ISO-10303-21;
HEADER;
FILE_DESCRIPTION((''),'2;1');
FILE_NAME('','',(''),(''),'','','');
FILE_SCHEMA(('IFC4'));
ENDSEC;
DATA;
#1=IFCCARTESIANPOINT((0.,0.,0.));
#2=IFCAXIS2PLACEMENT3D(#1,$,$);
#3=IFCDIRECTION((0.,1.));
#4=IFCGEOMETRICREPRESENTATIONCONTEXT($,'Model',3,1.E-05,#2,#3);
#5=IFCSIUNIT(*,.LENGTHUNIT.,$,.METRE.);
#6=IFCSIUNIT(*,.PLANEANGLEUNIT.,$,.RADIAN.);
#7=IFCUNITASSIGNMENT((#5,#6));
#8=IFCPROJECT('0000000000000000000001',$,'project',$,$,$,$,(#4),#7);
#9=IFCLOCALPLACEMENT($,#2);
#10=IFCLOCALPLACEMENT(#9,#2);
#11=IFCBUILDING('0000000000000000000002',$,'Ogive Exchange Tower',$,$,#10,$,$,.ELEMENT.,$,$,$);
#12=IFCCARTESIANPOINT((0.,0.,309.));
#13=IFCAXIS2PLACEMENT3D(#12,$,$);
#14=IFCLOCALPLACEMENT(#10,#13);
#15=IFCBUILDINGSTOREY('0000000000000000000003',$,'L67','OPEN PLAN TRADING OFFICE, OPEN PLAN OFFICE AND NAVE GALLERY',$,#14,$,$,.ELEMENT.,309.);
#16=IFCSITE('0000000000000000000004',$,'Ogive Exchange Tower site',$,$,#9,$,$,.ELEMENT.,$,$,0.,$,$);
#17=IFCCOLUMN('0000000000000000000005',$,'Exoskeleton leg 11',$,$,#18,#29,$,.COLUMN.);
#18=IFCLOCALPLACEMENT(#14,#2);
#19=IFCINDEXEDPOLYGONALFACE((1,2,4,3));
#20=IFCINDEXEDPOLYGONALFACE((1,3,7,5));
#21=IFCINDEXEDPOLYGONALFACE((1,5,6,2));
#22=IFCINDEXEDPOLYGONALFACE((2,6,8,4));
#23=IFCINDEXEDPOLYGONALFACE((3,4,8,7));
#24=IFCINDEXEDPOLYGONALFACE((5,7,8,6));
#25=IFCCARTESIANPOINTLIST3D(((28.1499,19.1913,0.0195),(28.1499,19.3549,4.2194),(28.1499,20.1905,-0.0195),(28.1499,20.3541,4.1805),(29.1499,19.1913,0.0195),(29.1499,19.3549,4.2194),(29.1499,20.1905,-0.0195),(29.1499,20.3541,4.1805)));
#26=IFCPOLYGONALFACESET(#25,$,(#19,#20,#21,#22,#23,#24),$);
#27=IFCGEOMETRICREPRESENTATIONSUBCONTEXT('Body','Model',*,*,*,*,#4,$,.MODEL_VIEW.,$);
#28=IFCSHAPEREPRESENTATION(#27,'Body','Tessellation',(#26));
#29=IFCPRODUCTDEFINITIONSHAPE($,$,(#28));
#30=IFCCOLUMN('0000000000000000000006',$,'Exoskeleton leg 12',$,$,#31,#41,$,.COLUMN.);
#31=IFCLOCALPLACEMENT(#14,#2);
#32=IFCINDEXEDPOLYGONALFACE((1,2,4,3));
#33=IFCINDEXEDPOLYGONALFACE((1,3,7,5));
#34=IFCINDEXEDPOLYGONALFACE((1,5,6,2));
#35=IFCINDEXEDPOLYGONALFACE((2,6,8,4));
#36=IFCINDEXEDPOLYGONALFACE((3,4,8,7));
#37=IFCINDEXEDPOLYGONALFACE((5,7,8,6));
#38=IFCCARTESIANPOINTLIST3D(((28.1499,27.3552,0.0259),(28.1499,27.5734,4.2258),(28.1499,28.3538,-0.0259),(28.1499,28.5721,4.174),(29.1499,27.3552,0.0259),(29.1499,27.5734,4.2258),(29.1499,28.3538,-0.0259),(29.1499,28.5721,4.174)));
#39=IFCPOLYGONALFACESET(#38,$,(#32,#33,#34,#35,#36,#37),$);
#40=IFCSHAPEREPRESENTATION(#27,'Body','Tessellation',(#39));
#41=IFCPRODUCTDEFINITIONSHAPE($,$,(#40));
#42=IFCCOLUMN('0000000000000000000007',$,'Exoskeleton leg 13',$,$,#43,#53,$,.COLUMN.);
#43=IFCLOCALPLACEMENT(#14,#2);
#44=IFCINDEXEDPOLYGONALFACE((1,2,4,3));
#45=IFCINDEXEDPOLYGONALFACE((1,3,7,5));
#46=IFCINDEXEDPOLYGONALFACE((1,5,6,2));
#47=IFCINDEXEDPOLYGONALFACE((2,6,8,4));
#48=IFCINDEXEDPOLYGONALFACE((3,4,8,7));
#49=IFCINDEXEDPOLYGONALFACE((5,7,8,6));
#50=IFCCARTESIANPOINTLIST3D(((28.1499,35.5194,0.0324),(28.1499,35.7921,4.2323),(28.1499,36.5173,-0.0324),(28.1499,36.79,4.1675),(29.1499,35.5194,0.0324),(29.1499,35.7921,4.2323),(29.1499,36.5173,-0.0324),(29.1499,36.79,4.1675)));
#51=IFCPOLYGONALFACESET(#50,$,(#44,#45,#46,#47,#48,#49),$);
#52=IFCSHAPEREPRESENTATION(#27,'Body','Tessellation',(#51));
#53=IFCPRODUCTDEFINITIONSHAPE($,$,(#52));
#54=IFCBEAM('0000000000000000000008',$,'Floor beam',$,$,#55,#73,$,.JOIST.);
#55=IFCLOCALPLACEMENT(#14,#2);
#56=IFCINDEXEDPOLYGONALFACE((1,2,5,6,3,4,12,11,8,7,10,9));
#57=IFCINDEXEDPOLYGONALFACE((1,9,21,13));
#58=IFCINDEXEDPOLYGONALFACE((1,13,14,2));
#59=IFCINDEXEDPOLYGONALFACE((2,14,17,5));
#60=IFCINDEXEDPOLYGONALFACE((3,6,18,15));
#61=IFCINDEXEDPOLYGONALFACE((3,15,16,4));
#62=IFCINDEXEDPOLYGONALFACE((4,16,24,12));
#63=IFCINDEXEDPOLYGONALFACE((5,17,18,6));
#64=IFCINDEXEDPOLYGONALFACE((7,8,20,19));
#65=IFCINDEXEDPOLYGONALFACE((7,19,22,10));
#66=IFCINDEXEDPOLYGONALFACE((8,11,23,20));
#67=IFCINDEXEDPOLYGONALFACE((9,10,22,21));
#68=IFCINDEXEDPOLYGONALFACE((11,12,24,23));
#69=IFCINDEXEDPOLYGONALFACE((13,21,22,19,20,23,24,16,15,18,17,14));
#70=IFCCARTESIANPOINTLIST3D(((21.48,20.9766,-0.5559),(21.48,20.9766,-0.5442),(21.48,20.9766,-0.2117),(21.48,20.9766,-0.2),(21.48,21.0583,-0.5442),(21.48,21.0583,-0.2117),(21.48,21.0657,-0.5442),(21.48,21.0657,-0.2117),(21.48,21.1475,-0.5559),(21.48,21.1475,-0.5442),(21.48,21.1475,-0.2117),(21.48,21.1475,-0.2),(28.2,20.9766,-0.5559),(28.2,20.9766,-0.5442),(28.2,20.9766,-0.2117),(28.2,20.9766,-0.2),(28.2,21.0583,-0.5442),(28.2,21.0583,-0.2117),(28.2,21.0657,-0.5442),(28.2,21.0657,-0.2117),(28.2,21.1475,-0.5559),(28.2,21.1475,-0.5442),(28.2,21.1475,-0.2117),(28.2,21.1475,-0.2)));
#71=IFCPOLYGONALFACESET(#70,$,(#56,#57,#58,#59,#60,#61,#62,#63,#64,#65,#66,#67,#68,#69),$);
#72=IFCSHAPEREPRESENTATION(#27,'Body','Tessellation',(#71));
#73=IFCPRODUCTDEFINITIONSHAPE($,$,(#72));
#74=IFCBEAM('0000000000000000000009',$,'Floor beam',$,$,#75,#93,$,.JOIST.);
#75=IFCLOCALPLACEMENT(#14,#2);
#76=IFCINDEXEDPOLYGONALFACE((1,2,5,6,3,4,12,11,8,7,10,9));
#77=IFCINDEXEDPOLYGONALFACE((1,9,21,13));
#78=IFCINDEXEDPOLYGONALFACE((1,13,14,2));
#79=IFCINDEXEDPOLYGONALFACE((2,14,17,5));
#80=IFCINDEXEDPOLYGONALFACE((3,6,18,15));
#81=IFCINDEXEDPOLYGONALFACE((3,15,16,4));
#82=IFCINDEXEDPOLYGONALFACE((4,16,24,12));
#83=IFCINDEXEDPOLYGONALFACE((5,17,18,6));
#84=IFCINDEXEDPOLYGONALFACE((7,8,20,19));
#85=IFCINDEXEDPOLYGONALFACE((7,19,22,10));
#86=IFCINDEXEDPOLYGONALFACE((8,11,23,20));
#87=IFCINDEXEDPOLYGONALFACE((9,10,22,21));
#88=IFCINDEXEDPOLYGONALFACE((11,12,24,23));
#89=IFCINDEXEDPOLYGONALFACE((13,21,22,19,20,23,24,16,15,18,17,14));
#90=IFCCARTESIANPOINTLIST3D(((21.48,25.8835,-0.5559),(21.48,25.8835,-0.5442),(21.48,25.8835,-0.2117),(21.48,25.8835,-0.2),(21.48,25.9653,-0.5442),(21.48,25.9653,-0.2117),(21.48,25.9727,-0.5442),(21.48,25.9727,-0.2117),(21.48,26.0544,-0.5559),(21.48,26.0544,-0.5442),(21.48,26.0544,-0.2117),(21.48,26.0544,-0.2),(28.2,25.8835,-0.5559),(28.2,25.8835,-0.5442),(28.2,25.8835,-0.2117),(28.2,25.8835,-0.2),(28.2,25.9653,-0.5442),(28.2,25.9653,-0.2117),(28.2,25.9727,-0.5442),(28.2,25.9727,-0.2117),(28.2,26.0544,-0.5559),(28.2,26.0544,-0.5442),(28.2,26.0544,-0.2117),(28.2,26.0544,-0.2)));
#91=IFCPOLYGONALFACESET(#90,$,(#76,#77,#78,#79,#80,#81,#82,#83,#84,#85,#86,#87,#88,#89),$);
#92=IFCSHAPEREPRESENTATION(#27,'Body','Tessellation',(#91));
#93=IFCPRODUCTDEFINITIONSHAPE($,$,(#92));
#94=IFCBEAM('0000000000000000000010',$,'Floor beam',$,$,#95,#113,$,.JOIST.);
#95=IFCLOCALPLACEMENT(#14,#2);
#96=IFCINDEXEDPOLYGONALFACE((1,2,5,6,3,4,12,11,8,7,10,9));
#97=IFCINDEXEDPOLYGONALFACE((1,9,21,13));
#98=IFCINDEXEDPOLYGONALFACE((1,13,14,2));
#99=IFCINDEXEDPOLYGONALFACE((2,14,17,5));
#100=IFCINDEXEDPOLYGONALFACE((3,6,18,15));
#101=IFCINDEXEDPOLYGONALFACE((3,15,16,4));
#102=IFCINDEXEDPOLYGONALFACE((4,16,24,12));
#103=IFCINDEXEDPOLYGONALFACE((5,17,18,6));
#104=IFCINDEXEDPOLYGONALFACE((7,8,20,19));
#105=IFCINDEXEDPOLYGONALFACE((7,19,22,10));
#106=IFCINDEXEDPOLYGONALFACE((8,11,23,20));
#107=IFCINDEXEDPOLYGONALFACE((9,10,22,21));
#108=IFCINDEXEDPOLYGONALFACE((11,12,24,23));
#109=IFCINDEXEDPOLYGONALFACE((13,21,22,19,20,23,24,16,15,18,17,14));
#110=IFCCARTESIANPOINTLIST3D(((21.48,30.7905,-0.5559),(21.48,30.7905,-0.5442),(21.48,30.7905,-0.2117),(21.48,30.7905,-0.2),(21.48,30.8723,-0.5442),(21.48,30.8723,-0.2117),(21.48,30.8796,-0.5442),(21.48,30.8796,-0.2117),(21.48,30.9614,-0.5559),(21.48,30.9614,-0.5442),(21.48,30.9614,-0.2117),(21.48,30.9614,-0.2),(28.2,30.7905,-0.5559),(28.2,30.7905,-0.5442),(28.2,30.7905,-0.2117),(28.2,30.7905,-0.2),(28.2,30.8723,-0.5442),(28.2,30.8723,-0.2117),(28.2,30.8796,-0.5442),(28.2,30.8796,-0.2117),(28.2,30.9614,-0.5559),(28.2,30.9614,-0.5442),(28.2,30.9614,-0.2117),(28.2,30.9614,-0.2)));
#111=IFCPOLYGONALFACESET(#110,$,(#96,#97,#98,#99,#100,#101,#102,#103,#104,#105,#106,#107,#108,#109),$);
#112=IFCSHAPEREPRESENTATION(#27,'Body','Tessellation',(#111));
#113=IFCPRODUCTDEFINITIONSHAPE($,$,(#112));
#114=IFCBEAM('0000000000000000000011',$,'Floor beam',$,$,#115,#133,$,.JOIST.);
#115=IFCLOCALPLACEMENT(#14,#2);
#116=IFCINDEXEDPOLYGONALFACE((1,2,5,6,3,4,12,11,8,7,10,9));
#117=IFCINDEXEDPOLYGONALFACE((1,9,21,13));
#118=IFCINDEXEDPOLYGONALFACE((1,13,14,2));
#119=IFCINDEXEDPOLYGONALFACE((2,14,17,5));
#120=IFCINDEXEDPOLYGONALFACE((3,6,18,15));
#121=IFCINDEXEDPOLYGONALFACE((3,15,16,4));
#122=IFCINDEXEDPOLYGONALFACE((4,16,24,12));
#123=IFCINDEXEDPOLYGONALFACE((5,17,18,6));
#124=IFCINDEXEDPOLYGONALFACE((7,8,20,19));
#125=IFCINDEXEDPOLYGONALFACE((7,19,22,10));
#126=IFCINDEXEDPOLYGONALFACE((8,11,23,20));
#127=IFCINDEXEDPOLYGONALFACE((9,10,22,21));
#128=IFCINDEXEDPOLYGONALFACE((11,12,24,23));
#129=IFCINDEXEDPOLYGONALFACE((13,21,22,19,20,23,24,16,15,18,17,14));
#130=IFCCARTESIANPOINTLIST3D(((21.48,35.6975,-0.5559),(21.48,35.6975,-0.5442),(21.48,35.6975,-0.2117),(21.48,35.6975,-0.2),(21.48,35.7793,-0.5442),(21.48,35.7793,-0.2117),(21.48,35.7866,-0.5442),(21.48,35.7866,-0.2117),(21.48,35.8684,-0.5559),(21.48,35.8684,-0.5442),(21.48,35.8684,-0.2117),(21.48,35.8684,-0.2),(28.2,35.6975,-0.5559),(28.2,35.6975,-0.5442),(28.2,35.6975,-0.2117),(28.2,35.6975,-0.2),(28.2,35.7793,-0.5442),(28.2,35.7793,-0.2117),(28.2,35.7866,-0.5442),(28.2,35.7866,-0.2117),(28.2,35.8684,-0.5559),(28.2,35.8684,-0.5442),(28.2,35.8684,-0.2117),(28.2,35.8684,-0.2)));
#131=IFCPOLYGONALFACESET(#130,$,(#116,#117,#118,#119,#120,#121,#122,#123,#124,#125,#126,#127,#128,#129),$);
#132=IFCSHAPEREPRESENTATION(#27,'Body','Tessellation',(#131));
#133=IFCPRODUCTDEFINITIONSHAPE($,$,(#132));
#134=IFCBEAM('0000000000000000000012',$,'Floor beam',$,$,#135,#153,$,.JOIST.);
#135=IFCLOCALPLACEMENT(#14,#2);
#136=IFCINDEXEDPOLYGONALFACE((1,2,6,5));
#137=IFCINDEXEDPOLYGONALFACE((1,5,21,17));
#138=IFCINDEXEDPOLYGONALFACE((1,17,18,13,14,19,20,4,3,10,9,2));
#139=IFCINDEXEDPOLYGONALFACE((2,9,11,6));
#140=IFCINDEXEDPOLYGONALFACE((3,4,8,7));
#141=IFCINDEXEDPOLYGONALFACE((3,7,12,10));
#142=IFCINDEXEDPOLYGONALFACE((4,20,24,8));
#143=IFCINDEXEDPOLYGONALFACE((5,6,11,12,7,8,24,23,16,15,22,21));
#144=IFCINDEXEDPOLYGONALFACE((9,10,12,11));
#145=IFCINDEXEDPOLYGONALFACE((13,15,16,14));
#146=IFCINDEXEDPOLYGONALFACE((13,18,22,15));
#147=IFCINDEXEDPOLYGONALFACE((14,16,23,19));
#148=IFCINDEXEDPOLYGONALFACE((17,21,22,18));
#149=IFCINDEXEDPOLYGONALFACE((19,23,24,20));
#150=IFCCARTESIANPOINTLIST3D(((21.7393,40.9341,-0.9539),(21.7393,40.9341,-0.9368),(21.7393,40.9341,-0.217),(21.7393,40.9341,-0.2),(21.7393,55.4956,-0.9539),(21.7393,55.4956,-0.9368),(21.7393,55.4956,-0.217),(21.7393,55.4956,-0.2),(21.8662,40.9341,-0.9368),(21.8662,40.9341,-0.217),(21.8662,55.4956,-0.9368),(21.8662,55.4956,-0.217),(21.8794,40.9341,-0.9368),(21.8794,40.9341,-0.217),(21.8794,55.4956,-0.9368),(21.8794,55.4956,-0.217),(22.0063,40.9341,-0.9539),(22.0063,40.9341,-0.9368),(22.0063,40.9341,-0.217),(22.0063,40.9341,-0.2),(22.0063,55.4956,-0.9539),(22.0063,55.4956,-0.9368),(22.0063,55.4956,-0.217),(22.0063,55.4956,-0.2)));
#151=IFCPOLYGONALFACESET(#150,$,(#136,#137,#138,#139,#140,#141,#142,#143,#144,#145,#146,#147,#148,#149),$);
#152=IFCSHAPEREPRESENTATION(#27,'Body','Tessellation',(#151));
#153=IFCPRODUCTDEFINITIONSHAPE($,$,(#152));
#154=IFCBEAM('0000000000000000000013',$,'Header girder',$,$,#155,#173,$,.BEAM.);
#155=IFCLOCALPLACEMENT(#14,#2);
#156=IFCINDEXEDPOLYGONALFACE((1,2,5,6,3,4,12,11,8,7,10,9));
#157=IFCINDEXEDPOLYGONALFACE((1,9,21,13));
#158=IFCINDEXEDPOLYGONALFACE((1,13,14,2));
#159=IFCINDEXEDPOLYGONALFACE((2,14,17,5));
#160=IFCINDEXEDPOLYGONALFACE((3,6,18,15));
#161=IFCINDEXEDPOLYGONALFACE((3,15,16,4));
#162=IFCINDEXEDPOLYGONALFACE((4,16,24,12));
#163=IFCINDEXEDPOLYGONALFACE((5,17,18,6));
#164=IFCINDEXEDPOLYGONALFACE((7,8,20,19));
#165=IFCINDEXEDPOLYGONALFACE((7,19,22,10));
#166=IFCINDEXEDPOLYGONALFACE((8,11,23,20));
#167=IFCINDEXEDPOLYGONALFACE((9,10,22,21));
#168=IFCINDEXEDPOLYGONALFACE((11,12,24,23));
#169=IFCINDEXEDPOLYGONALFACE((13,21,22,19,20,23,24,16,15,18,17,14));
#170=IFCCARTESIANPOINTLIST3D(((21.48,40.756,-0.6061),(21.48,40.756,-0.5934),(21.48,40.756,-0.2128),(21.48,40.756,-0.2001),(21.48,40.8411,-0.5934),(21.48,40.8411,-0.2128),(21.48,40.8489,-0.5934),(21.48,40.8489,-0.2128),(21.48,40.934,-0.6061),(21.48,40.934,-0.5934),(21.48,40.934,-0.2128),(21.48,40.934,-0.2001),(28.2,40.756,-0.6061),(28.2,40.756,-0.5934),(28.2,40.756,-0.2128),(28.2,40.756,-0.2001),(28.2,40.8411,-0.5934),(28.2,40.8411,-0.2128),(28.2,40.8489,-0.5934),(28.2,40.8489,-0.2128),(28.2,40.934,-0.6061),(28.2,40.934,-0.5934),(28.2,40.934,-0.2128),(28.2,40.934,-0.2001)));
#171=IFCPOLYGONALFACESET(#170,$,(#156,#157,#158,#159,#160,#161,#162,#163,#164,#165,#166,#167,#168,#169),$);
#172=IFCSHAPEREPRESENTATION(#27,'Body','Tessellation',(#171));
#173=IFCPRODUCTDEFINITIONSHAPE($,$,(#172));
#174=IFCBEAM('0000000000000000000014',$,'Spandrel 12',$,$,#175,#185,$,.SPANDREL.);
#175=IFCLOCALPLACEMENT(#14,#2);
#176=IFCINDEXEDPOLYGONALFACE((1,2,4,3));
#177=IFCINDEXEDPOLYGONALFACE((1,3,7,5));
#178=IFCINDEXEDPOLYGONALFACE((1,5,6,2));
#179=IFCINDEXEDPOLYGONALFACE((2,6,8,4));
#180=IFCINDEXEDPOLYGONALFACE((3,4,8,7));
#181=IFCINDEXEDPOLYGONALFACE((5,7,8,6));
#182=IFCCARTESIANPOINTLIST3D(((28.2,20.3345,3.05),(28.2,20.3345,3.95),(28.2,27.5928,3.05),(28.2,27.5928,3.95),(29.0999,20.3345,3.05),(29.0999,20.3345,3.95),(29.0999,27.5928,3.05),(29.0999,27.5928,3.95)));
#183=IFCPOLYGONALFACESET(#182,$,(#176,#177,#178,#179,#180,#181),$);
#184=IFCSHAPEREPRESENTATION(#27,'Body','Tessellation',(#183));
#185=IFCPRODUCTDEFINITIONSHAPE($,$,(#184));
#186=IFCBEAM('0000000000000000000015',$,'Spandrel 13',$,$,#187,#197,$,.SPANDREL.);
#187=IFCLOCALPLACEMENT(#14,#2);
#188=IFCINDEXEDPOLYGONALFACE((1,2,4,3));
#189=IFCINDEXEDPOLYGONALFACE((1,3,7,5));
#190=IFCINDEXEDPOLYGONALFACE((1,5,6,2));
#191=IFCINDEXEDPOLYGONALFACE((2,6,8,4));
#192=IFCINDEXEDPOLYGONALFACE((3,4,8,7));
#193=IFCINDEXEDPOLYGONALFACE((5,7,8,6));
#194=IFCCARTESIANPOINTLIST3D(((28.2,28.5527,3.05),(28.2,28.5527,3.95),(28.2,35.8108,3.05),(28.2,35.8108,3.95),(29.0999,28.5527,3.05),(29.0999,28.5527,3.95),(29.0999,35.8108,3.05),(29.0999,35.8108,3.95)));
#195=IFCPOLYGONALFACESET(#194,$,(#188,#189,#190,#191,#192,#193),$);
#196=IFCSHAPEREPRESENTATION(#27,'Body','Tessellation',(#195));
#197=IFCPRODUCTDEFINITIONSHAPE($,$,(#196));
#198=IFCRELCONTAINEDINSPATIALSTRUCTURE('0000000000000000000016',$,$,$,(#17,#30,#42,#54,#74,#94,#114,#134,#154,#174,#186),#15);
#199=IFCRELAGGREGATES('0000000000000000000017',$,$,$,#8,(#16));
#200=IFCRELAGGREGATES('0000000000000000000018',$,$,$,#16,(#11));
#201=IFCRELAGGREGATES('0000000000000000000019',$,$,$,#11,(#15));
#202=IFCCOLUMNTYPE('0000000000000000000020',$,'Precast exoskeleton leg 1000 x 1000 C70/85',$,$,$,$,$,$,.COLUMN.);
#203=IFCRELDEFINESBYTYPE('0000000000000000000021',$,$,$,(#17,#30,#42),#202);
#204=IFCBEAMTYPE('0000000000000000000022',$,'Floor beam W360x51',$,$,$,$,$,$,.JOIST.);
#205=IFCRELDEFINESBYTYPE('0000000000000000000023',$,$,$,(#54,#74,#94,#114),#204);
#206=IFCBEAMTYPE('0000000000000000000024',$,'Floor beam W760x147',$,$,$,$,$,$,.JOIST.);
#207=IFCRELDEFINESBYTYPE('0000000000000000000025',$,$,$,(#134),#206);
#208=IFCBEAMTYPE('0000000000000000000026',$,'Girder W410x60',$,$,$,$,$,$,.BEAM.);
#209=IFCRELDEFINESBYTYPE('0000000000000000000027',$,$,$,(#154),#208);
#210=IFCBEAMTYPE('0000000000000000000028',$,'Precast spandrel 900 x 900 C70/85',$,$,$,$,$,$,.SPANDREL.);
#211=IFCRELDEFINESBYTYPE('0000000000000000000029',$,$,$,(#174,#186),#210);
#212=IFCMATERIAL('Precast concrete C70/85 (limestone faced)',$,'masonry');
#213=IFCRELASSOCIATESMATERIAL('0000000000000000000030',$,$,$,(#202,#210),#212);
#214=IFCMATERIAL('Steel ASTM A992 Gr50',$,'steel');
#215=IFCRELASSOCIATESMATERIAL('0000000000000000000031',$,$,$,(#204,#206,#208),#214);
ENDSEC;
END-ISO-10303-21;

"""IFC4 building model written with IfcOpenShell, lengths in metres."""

from ifc_helpers import new_model, si_unit, direction, frame, origin, origin_2d, place, context, subcontext, project, spatial, rectangle, i_section, extrude, material, material_profile, profile_set, type_object, element, save


model = new_model("IFC4")

# Units and contexts
model_context = context("Model", 3, precision=1e-05, world=origin(), true_north=direction((0.0, 1.0)))
body_context = subcontext(model_context, "Body", "Model", "MODEL_VIEW")
ifc_project = project(units=[si_unit("LENGTHUNIT", "METRE"), si_unit("PLANEANGLEUNIT", "RADIAN")], contexts=[model_context])

# Site, building, storey
site_placement = place(None, origin())
site = spatial("IfcSite", under=ifc_project, at=site_placement, Name="Ogive Exchange Tower site", CompositionType="ELEMENT", RefElevation=0.0)
building_placement = place(site_placement, origin())
building = spatial("IfcBuilding", under=site, at=building_placement, Name="Ogive Exchange Tower", CompositionType="ELEMENT")
storey_placement = place(building_placement, frame((0.0, 0.0, 309.0)))
storey = spatial("IfcBuildingStorey", under=building, at=storey_placement, Name="L67", Description="OPEN PLAN TRADING OFFICE, OPEN PLAN OFFICE AND NAVE GALLERY", CompositionType="ELEMENT", Elevation=309.0)

# Columns
ifc_material_1 = material(Name="Precast concrete C70/85 (limestone faced)", Category="masonry")
ifc_material_profile_1 = material_profile(ifc_material_1, rectangle(XDim=1.0, YDim=1.0, at=origin_2d()), Name="1000 x 1000")
ifc_profile_set_1 = profile_set([ifc_material_profile_1], Name="Precast concrete C70/85 (limestone faced)")
column_type = type_object("IfcColumnType", Name="Precast exoskeleton leg 1000 x 1000 C70/85", PredefinedType="COLUMN", material=ifc_profile_set_1)
column_1_placement = place(storey_placement, frame((28.6499, 19.6909, 0.0), z_axis=(0.0, 0.038917, 0.999242), x_axis=(-1.0, 0.0, 0.0)))
element("IfcColumn", 1, at=column_1_placement, inside=storey, type_object=column_type, Name="Exoskeleton leg 11", PredefinedType="COLUMN", context=body_context, shape_type="SweptSolid", body=[
    extrude(rectangle(XDim=1.0, YDim=1.0, at=origin_2d()), origin(), (0.0, 0.0, 1.0), 4.2031),
])
column_2_placement = place(storey_placement, frame((28.6499, 27.8545, 0.0), z_axis=(0.0, 0.051898, 0.998652), x_axis=(-1.0, 0.0, 0.0)))
element("IfcColumn", 2, at=column_2_placement, inside=storey, type_object=column_type, Name="Exoskeleton leg 12", PredefinedType="COLUMN", context=body_context, shape_type="SweptSolid", body=[
    extrude(rectangle(XDim=1.0, YDim=1.0, at=origin_2d()), origin(), (0.0, 0.0, 1.0), 4.2056),
])
column_3_placement = place(storey_placement, frame((28.6499, 36.0183, 0.0), z_axis=(0.0, 0.064794, 0.997899), x_axis=(-1.0, 0.0, 0.0)))
element("IfcColumn", 3, at=column_3_placement, inside=storey, type_object=column_type, Name="Exoskeleton leg 13", PredefinedType="COLUMN", context=body_context, shape_type="SweptSolid", body=[
    extrude(rectangle(XDim=1.0, YDim=1.0, at=origin_2d()), origin(), (0.0, 0.0, 1.0), 4.2087),
])

# Beams
ifc_material_2 = material(Name="Steel ASTM A992 Gr50", Category="steel")
ifc_material_profile_2 = material_profile(ifc_material_2, i_section(OverallWidth=0.1709, OverallDepth=0.356, WebThickness=0.0073, FlangeThickness=0.0117, at=origin_2d()), Name="W360x51")
ifc_profile_set_2 = profile_set([ifc_material_profile_2], Name="Steel ASTM A992 Gr50")
beam_type_1 = type_object("IfcBeamType", Name="Floor beam W360x51", PredefinedType="JOIST", material=ifc_profile_set_2)
for number, where, z_axis, x_axis, name in (
    (4, (21.48, 21.062, -0.3779), (1.0, 0.0, 0.0), (0.0, 1.0, 0.0), "Floor beam"),
    (5, (21.48, 25.969, -0.3779), (1.0, 0.0, 0.0), (0.0, 1.0, 0.0), "Floor beam"),
    (6, (21.48, 30.876, -0.3779), (1.0, 0.0, 0.0), (0.0, 1.0, 0.0), "Floor beam"),
    (7, (21.48, 35.783, -0.3779), (1.0, 0.0, 0.0), (0.0, 1.0, 0.0), "Floor beam"),
):
    element("IfcBeam", number, at=place(storey_placement, frame(where, z_axis=z_axis, x_axis=x_axis)), inside=storey, type_object=beam_type_1, Name=name, PredefinedType="JOIST", context=body_context, shape_type="SweptSolid", body=[
        extrude(i_section(OverallWidth=0.1709, OverallDepth=0.356, WebThickness=0.0073, FlangeThickness=0.0117, at=origin_2d()), origin(), (0.0, 0.0, 1.0), 6.72),
    ])
ifc_material_profile_3 = material_profile(ifc_material_2, i_section(OverallWidth=0.2671, OverallDepth=0.7539, WebThickness=0.0132, FlangeThickness=0.0171, at=origin_2d()), Name="W760x147")
ifc_profile_set_3 = profile_set([ifc_material_profile_3], Name="Steel ASTM A992 Gr50")
beam_type_2 = type_object("IfcBeamType", Name="Floor beam W760x147", PredefinedType="JOIST", material=ifc_profile_set_3)
beam_1_placement = place(storey_placement, frame((21.8728, 40.9341, -0.5769), z_axis=(0.0, 1.0, 0.0), x_axis=(-1.0, 0.0, 0.0)))
element("IfcBeam", 8, at=beam_1_placement, inside=storey, type_object=beam_type_2, Name="Floor beam", PredefinedType="JOIST", context=body_context, shape_type="SweptSolid", body=[
    extrude(i_section(OverallWidth=0.2671, OverallDepth=0.7539, WebThickness=0.0132, FlangeThickness=0.0171, at=origin_2d()), origin(), (0.0, 0.0, 1.0), 14.5615),
])
ifc_material_profile_4 = material_profile(ifc_material_2, i_section(OverallWidth=0.178, OverallDepth=0.406, WebThickness=0.0078, FlangeThickness=0.0127, at=origin_2d()), Name="W410x60")
ifc_profile_set_4 = profile_set([ifc_material_profile_4], Name="Steel ASTM A992 Gr50")
beam_type_3 = type_object("IfcBeamType", Name="Girder W410x60", PredefinedType="BEAM", material=ifc_profile_set_4)
beam_2_placement = place(storey_placement, frame((21.48, 40.845, -0.4031), z_axis=(1.0, 0.0, 0.0), x_axis=(0.0, 1.0, 0.0)))
element("IfcBeam", 9, at=beam_2_placement, inside=storey, type_object=beam_type_3, Name="Header girder", PredefinedType="BEAM", context=body_context, shape_type="SweptSolid", body=[
    extrude(i_section(OverallWidth=0.178, OverallDepth=0.406, WebThickness=0.0078, FlangeThickness=0.0127, at=origin_2d()), origin(), (0.0, 0.0, 1.0), 6.72),
])
ifc_material_profile_5 = material_profile(ifc_material_1, rectangle(XDim=0.8999, YDim=0.8999, at=origin_2d()), Name="900 x 900")
ifc_profile_set_5 = profile_set([ifc_material_profile_5], Name="Precast concrete C70/85 (limestone faced)")
beam_type_4 = type_object("IfcBeamType", Name="Precast spandrel 900 x 900 C70/85", PredefinedType="SPANDREL", material=ifc_profile_set_5)
beam_3_placement = place(storey_placement, frame((28.6499, 20.3345, 3.5), z_axis=(0.0, 1.0, 0.0), x_axis=(-1.0, 0.0, 0.0)))
element("IfcBeam", 10, at=beam_3_placement, inside=storey, type_object=beam_type_4, Name="Spandrel 12", PredefinedType="SPANDREL", context=body_context, shape_type="SweptSolid", body=[
    extrude(rectangle(XDim=0.8999, YDim=0.8999, at=origin_2d()), origin(), (0.0, 0.0, 1.0), 7.2583),
])
for number, where, z_axis, x_axis, name in (
    (11, (28.6499, 28.5527, 3.5), (0.0, 1.0, 0.0), (-1.0, 0.0, 0.0), "Spandrel 13"),
):
    element("IfcBeam", number, at=place(storey_placement, frame(where, z_axis=z_axis, x_axis=x_axis)), inside=storey, type_object=beam_type_4, Name=name, PredefinedType="SPANDREL", context=body_context, shape_type="SweptSolid", body=[
        extrude(rectangle(XDim=0.8999, YDim=0.8999, at=origin_2d()), origin(), (0.0, 0.0, 1.0), 7.2581),
    ])

save(model, "model.ifc")
